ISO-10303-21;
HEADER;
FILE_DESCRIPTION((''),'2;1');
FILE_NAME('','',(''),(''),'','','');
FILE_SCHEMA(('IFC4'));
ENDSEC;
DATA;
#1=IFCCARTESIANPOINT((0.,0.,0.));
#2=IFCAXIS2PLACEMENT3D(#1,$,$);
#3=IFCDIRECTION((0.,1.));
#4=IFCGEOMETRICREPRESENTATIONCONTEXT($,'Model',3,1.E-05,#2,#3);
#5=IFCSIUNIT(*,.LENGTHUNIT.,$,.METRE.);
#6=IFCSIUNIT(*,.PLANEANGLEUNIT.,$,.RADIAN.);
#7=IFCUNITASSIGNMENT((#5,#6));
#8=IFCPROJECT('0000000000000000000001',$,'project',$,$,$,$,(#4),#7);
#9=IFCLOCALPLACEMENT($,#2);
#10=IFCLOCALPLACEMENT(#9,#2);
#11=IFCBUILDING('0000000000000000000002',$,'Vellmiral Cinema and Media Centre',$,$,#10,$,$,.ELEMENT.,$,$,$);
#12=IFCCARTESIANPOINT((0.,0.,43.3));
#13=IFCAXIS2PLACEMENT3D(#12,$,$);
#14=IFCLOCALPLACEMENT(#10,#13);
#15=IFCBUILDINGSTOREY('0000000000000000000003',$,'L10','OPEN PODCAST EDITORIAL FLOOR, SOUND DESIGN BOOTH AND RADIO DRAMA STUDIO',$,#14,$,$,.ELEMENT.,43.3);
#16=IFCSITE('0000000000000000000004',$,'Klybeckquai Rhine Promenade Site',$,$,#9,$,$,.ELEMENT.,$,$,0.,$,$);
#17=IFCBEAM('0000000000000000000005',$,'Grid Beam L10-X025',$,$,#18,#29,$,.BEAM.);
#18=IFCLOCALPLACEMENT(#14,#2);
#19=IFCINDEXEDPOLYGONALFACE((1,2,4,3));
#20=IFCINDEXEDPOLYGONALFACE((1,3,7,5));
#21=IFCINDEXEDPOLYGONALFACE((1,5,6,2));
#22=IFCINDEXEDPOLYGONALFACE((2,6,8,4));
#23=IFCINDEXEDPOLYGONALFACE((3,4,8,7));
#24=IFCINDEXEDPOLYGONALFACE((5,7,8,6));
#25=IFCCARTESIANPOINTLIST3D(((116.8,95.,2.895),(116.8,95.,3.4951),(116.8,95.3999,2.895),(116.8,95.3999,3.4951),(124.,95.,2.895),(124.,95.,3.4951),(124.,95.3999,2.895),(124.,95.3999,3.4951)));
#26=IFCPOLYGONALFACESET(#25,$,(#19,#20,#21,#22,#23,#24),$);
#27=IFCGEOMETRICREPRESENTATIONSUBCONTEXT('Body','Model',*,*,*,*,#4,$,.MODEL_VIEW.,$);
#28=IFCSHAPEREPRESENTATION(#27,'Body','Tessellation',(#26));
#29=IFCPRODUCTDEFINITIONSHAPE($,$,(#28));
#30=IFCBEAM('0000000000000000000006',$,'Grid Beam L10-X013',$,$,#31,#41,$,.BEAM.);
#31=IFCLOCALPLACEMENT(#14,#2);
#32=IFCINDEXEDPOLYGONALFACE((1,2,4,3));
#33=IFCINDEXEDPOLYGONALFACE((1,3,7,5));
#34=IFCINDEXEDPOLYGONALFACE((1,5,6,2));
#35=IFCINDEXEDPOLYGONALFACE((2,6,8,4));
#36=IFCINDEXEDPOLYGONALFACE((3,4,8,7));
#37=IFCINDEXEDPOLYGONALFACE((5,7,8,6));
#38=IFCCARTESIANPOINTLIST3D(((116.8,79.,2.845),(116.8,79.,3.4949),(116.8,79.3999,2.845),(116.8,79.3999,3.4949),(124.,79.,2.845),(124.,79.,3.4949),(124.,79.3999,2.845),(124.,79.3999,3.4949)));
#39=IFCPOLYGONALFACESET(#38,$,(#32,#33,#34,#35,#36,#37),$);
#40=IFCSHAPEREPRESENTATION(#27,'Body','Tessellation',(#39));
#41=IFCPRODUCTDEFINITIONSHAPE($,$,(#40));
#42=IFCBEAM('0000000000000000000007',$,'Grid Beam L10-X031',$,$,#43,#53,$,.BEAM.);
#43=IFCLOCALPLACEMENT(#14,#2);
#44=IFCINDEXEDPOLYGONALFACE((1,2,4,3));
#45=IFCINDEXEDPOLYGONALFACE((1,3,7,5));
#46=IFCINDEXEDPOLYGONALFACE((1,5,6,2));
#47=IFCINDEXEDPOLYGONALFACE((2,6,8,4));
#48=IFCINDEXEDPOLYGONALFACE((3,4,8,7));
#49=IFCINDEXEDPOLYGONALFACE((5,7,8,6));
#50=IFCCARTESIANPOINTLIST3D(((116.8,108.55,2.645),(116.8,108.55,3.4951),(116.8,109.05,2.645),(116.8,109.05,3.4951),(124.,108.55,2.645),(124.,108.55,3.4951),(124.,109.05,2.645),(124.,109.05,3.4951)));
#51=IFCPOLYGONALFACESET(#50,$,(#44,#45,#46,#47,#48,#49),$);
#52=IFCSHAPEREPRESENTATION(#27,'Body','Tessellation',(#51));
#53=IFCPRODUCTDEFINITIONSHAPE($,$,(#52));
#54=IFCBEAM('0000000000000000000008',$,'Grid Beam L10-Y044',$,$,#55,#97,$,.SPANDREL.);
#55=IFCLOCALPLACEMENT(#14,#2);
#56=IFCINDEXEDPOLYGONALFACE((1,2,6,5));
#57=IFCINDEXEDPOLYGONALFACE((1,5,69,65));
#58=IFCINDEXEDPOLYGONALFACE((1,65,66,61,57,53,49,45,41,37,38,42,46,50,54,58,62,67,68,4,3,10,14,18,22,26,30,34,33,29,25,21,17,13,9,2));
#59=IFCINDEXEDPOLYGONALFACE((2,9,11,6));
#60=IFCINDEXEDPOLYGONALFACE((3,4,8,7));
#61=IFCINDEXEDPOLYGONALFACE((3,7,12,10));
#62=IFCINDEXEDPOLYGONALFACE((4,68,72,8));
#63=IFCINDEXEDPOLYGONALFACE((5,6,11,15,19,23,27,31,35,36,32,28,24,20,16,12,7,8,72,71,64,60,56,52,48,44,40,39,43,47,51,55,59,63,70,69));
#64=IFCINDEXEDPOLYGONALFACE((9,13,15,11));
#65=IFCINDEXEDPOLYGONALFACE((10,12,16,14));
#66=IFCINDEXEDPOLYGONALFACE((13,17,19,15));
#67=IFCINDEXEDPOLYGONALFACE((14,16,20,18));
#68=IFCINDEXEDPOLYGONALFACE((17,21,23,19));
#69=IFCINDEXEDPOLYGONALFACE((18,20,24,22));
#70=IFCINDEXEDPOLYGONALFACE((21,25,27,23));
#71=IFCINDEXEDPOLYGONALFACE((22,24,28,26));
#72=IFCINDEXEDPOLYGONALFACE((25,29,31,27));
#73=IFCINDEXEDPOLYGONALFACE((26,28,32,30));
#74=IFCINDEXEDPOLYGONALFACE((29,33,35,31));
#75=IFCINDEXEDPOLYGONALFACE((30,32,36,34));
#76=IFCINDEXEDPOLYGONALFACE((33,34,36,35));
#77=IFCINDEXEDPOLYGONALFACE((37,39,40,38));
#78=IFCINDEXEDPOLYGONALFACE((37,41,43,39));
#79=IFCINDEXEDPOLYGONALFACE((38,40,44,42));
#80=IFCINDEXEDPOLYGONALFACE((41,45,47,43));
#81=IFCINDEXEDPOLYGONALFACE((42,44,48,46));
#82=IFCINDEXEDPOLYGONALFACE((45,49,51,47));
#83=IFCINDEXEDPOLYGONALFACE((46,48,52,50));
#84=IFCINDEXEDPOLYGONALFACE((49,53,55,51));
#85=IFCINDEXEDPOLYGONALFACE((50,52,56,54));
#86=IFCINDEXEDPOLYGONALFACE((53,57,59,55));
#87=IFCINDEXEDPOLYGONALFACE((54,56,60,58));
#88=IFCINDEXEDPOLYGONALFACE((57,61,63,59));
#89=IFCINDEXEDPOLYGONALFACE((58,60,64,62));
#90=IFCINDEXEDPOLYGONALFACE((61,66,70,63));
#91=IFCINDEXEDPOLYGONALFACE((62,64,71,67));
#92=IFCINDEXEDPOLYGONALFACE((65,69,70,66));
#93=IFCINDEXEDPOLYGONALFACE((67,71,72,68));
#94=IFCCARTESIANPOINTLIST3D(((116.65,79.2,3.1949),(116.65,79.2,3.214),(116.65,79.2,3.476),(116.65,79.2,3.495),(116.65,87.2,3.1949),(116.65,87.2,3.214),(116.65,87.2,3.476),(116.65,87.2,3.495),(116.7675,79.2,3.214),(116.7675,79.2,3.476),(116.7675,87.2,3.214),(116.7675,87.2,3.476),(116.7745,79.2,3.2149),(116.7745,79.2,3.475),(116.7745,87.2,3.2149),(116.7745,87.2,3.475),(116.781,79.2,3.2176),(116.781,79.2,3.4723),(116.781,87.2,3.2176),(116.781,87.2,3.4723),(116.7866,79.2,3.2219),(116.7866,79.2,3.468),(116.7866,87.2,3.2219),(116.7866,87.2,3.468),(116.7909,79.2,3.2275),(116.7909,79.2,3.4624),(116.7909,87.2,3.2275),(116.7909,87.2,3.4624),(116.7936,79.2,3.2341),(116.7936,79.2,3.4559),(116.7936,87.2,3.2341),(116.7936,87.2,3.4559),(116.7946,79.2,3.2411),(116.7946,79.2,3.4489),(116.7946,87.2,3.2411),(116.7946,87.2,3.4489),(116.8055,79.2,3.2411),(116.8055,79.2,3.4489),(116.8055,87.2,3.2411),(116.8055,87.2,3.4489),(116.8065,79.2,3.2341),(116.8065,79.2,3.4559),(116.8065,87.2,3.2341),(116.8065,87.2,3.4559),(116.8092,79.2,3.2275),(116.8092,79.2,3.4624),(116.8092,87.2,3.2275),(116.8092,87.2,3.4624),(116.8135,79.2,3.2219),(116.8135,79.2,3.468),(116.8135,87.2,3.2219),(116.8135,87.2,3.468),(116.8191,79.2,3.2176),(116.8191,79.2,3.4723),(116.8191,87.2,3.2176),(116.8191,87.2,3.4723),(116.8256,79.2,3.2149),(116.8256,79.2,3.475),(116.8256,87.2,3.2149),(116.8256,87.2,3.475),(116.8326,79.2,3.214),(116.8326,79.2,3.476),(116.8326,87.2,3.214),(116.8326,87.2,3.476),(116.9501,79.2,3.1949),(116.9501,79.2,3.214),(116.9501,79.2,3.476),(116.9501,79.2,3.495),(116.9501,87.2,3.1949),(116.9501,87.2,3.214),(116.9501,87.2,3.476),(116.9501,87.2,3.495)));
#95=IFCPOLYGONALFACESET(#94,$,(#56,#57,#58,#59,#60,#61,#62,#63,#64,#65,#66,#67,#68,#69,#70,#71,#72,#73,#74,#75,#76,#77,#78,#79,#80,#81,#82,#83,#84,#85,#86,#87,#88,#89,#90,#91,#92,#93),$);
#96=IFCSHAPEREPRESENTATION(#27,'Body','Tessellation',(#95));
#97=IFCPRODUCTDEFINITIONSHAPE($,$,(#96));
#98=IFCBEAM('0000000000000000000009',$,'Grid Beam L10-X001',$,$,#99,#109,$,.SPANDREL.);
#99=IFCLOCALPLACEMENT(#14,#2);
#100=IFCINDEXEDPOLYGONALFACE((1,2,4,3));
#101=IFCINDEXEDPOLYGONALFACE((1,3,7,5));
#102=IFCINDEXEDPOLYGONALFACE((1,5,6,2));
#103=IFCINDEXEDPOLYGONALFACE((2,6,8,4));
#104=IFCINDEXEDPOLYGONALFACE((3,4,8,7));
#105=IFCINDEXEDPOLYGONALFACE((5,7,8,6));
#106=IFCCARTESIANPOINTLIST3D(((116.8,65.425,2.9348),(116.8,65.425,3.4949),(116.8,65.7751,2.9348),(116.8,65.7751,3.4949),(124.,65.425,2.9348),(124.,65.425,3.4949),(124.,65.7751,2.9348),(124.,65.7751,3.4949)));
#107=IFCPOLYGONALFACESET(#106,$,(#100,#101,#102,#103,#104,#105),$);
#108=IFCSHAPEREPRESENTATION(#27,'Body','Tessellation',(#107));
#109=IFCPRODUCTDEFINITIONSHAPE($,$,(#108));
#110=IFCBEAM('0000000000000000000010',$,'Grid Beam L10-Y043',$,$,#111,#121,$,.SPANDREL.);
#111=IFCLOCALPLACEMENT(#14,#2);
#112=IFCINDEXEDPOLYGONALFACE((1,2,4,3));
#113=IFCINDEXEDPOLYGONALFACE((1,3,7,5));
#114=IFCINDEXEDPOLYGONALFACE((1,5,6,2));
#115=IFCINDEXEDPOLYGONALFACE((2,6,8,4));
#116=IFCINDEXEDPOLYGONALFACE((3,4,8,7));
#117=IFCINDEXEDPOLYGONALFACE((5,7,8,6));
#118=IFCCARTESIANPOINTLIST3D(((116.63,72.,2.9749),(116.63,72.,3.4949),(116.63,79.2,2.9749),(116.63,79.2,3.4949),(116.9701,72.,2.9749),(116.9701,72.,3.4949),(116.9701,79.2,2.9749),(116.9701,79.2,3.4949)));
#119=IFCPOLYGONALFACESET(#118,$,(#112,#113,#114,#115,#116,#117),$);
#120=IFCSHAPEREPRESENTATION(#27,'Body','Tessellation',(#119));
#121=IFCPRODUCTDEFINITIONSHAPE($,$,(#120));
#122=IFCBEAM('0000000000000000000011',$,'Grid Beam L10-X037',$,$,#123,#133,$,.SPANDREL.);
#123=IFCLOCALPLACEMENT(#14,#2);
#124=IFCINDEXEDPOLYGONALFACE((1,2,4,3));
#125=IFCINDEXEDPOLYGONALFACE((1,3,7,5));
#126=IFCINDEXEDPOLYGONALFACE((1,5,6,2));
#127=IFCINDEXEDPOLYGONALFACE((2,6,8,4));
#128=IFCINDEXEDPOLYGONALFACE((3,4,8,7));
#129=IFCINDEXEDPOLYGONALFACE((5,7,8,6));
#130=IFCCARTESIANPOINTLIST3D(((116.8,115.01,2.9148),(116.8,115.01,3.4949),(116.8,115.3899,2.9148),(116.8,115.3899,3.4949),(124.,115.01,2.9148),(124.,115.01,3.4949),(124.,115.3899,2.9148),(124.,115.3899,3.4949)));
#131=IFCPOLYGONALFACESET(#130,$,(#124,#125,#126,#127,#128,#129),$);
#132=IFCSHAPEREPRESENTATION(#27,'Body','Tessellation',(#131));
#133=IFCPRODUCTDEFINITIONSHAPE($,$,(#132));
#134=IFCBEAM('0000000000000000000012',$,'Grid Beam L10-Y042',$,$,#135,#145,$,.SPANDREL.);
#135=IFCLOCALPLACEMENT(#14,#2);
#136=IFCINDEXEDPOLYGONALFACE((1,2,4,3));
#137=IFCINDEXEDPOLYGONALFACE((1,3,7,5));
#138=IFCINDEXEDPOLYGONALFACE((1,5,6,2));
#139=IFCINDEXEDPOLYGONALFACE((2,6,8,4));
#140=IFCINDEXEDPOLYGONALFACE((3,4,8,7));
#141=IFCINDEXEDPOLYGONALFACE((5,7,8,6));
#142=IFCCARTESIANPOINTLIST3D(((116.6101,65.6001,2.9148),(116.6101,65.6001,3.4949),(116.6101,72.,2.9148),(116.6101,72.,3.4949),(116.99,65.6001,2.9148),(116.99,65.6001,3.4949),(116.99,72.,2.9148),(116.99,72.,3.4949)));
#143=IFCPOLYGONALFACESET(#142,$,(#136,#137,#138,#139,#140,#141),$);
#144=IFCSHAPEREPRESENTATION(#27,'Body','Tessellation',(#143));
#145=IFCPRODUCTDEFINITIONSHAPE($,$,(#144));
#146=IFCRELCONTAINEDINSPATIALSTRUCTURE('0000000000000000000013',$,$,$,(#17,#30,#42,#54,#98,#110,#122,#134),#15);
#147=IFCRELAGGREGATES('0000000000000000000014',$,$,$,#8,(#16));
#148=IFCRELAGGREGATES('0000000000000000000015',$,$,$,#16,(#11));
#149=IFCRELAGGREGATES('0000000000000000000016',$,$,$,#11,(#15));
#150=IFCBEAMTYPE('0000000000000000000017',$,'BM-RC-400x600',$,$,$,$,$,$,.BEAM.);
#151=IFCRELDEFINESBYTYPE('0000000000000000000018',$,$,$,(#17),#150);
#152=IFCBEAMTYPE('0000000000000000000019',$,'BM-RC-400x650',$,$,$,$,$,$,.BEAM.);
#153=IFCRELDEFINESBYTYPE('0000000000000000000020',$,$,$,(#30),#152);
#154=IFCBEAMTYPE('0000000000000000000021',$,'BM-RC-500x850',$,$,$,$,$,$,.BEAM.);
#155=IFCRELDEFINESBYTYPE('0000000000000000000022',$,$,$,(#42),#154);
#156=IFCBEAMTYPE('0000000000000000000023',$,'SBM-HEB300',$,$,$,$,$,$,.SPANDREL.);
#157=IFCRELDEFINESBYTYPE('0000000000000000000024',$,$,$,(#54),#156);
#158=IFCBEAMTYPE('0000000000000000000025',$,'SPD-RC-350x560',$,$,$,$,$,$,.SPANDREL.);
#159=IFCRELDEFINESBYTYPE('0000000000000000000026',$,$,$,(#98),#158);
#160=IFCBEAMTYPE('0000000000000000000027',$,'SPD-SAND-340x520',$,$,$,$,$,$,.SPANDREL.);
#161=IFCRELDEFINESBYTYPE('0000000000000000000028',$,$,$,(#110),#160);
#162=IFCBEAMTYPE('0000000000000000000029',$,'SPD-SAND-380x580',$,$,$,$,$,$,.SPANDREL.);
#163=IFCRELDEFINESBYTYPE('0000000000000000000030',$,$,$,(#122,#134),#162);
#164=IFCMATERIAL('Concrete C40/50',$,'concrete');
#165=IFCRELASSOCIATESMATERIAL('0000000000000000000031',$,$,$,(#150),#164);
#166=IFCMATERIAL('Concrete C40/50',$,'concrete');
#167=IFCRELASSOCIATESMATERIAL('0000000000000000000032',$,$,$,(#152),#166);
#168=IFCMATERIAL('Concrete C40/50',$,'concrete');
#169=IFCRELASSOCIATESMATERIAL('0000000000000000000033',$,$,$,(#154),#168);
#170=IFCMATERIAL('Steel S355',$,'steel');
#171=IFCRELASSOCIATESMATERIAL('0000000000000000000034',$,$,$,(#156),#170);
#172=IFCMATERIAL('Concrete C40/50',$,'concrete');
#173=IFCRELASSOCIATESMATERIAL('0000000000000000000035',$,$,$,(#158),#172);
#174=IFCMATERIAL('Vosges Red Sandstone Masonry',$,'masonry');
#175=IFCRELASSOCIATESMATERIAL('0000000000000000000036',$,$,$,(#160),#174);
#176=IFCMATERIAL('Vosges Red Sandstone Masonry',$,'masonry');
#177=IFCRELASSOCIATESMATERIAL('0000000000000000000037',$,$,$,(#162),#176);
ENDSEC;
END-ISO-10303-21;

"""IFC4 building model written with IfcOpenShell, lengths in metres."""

from ifc_helpers import new_model, si_unit, direction, frame, origin, origin_2d, place, context, subcontext, project, spatial, rectangle, i_section, extrude, material, material_profile, profile_set, type_object, element, save


model = new_model("IFC4")

# Units and contexts
model_context = context("Model", 3, precision=1e-05, world=origin(), true_north=direction((0.0, 1.0)))
body_context = subcontext(model_context, "Body", "Model", "MODEL_VIEW")
ifc_project = project(units=[si_unit("LENGTHUNIT", "METRE"), si_unit("PLANEANGLEUNIT", "RADIAN")], contexts=[model_context])

# Site, building, storey
site_placement = place(None, origin())
site = spatial("IfcSite", under=ifc_project, at=site_placement, Name="Klybeckquai Rhine Promenade Site", CompositionType="ELEMENT", RefElevation=0.0)
building_placement = place(site_placement, origin())
building = spatial("IfcBuilding", under=site, at=building_placement, Name="Vellmiral Cinema and Media Centre", CompositionType="ELEMENT")
storey_placement = place(building_placement, frame((0.0, 0.0, 43.3)))
storey = spatial("IfcBuildingStorey", under=building, at=storey_placement, Name="L10", Description="OPEN PODCAST EDITORIAL FLOOR, SOUND DESIGN BOOTH AND RADIO DRAMA STUDIO", CompositionType="ELEMENT", Elevation=43.3)

# Beams
ifc_material_1 = material(Name="Concrete C40/50", Category="concrete")
ifc_material_profile_1 = material_profile(ifc_material_1, rectangle(XDim=0.3999, YDim=0.6001, at=origin_2d()), Name="RC 400x600")
ifc_profile_set_1 = profile_set([ifc_material_profile_1], Name="Concrete C40/50")
beam_type_1 = type_object("IfcBeamType", Name="BM-RC-400x600", PredefinedType="BEAM", material=ifc_profile_set_1)
beam_1_placement = place(storey_placement, frame((116.8, 95.2, 3.1951), z_axis=(1.0, 0.0, 0.0), x_axis=(0.0, 1.0, 0.0)))
element("IfcBeam", 1, at=beam_1_placement, inside=storey, type_object=beam_type_1, Name="Grid Beam L10-X025", PredefinedType="BEAM", context=body_context, shape_type="SweptSolid", body=[
    extrude(rectangle(XDim=0.3999, YDim=0.6001, at=origin_2d()), origin(), (0.0, 0.0, 1.0), 7.2),
])
ifc_material_2 = material(Name="Concrete C40/50", Category="concrete")
ifc_material_profile_2 = material_profile(ifc_material_2, rectangle(XDim=0.3999, YDim=0.6499, at=origin_2d()), Name="RC 400x650")
ifc_profile_set_2 = profile_set([ifc_material_profile_2], Name="Concrete C40/50")
beam_type_2 = type_object("IfcBeamType", Name="BM-RC-400x650", PredefinedType="BEAM", material=ifc_profile_set_2)
beam_2_placement = place(storey_placement, frame((116.8, 79.2, 3.1699), z_axis=(1.0, 0.0, 0.0), x_axis=(0.0, 1.0, 0.0)))
element("IfcBeam", 2, at=beam_2_placement, inside=storey, type_object=beam_type_2, Name="Grid Beam L10-X013", PredefinedType="BEAM", context=body_context, shape_type="SweptSolid", body=[
    extrude(rectangle(XDim=0.3999, YDim=0.6499, at=origin_2d()), origin(), (0.0, 0.0, 1.0), 7.2),
])
ifc_material_3 = material(Name="Concrete C40/50", Category="concrete")
ifc_material_profile_3 = material_profile(ifc_material_3, rectangle(XDim=0.5, YDim=0.8501, at=origin_2d()), Name="RC 500x850")
ifc_profile_set_3 = profile_set([ifc_material_profile_3], Name="Concrete C40/50")
beam_type_3 = type_object("IfcBeamType", Name="BM-RC-500x850", PredefinedType="BEAM", material=ifc_profile_set_3)
beam_3_placement = place(storey_placement, frame((116.8, 108.8, 3.0701), z_axis=(1.0, 0.0, 0.0), x_axis=(0.0, 1.0, 0.0)))
element("IfcBeam", 3, at=beam_3_placement, inside=storey, type_object=beam_type_3, Name="Grid Beam L10-X031", PredefinedType="BEAM", context=body_context, shape_type="SweptSolid", body=[
    extrude(rectangle(XDim=0.5, YDim=0.8501, at=origin_2d()), origin(), (0.0, 0.0, 1.0), 7.2),
])
ifc_material_4 = material(Name="Steel S355", Category="steel")
ifc_material_profile_4 = material_profile(ifc_material_4, i_section(OverallWidth=0.3, OverallDepth=0.3, WebThickness=0.011, FlangeThickness=0.019, FilletRadius=0.0271, at=origin_2d()), Name="HEB 300")
ifc_profile_set_4 = profile_set([ifc_material_profile_4], Name="Steel S355")
beam_type_4 = type_object("IfcBeamType", Name="SBM-HEB300", PredefinedType="SPANDREL", material=ifc_profile_set_4)
beam_4_placement = place(storey_placement, frame((116.8, 79.2, 3.345), z_axis=(0.0, 1.0, 0.0), x_axis=(-1.0, 0.0, 0.0)))
element("IfcBeam", 4, at=beam_4_placement, inside=storey, type_object=beam_type_4, Name="Grid Beam L10-Y044", PredefinedType="SPANDREL", context=body_context, shape_type="SweptSolid", body=[
    extrude(i_section(OverallWidth=0.3, OverallDepth=0.3, WebThickness=0.011, FlangeThickness=0.019, FilletRadius=0.0271, at=origin_2d()), origin(), (0.0, 0.0, 1.0), 8.0),
])
ifc_material_5 = material(Name="Concrete C40/50", Category="concrete")
ifc_material_profile_5 = material_profile(ifc_material_5, rectangle(XDim=0.3501, YDim=0.5601, at=origin_2d()), Name="RC 350x560")
ifc_profile_set_5 = profile_set([ifc_material_profile_5], Name="Concrete C40/50")
beam_type_5 = type_object("IfcBeamType", Name="SPD-RC-350x560", PredefinedType="SPANDREL", material=ifc_profile_set_5)
beam_5_placement = place(storey_placement, frame((116.8, 65.6001, 3.2148), z_axis=(1.0, 0.0, 0.0), x_axis=(0.0, 1.0, 0.0)))
element("IfcBeam", 5, at=beam_5_placement, inside=storey, type_object=beam_type_5, Name="Grid Beam L10-X001", PredefinedType="SPANDREL", context=body_context, shape_type="SweptSolid", body=[
    extrude(rectangle(XDim=0.3501, YDim=0.5601, at=origin_2d()), origin(), (0.0, 0.0, 1.0), 7.2),
])
ifc_material_6 = material(Name="Vosges Red Sandstone Masonry", Category="masonry")
ifc_material_profile_6 = material_profile(ifc_material_6, rectangle(XDim=0.3401, YDim=0.52, at=origin_2d()), Name="SAND 340x520")
ifc_profile_set_6 = profile_set([ifc_material_profile_6], Name="Vosges Red Sandstone Masonry")
beam_type_6 = type_object("IfcBeamType", Name="SPD-SAND-340x520", PredefinedType="SPANDREL", material=ifc_profile_set_6)
beam_6_placement = place(storey_placement, frame((116.8, 72.0, 3.2349), z_axis=(0.0, 1.0, 0.0), x_axis=(-1.0, 0.0, 0.0)))
element("IfcBeam", 6, at=beam_6_placement, inside=storey, type_object=beam_type_6, Name="Grid Beam L10-Y043", PredefinedType="SPANDREL", context=body_context, shape_type="SweptSolid", body=[
    extrude(rectangle(XDim=0.3401, YDim=0.52, at=origin_2d()), origin(), (0.0, 0.0, 1.0), 7.2),
])
ifc_material_7 = material(Name="Vosges Red Sandstone Masonry", Category="masonry")
ifc_material_profile_7 = material_profile(ifc_material_7, rectangle(XDim=0.3799, YDim=0.5801, at=origin_2d()), Name="SAND 380x580")
ifc_profile_set_7 = profile_set([ifc_material_profile_7], Name="Vosges Red Sandstone Masonry")
beam_type_7 = type_object("IfcBeamType", Name="SPD-SAND-380x580", PredefinedType="SPANDREL", material=ifc_profile_set_7)
beam_7_placement = place(storey_placement, frame((116.8, 115.2, 3.2048), z_axis=(1.0, 0.0, 0.0), x_axis=(0.0, 1.0, 0.0)))
element("IfcBeam", 7, at=beam_7_placement, inside=storey, type_object=beam_type_7, Name="Grid Beam L10-X037", PredefinedType="SPANDREL", context=body_context, shape_type="SweptSolid", body=[
    extrude(rectangle(XDim=0.3799, YDim=0.5801, at=origin_2d()), origin(), (0.0, 0.0, 1.0), 7.2),
])
beam_8_placement = place(storey_placement, frame((116.8, 65.6001, 3.2048), z_axis=(0.0, 1.0, 0.0), x_axis=(-1.0, 0.0, 0.0)))
element("IfcBeam", 8, at=beam_8_placement, inside=storey, type_object=beam_type_7, Name="Grid Beam L10-Y042", PredefinedType="SPANDREL", context=body_context, shape_type="SweptSolid", body=[
    extrude(rectangle(XDim=0.3799, YDim=0.5801, at=origin_2d()), origin(), (0.0, 0.0, 1.0), 6.3999),
])

save(model, "model.ifc")
